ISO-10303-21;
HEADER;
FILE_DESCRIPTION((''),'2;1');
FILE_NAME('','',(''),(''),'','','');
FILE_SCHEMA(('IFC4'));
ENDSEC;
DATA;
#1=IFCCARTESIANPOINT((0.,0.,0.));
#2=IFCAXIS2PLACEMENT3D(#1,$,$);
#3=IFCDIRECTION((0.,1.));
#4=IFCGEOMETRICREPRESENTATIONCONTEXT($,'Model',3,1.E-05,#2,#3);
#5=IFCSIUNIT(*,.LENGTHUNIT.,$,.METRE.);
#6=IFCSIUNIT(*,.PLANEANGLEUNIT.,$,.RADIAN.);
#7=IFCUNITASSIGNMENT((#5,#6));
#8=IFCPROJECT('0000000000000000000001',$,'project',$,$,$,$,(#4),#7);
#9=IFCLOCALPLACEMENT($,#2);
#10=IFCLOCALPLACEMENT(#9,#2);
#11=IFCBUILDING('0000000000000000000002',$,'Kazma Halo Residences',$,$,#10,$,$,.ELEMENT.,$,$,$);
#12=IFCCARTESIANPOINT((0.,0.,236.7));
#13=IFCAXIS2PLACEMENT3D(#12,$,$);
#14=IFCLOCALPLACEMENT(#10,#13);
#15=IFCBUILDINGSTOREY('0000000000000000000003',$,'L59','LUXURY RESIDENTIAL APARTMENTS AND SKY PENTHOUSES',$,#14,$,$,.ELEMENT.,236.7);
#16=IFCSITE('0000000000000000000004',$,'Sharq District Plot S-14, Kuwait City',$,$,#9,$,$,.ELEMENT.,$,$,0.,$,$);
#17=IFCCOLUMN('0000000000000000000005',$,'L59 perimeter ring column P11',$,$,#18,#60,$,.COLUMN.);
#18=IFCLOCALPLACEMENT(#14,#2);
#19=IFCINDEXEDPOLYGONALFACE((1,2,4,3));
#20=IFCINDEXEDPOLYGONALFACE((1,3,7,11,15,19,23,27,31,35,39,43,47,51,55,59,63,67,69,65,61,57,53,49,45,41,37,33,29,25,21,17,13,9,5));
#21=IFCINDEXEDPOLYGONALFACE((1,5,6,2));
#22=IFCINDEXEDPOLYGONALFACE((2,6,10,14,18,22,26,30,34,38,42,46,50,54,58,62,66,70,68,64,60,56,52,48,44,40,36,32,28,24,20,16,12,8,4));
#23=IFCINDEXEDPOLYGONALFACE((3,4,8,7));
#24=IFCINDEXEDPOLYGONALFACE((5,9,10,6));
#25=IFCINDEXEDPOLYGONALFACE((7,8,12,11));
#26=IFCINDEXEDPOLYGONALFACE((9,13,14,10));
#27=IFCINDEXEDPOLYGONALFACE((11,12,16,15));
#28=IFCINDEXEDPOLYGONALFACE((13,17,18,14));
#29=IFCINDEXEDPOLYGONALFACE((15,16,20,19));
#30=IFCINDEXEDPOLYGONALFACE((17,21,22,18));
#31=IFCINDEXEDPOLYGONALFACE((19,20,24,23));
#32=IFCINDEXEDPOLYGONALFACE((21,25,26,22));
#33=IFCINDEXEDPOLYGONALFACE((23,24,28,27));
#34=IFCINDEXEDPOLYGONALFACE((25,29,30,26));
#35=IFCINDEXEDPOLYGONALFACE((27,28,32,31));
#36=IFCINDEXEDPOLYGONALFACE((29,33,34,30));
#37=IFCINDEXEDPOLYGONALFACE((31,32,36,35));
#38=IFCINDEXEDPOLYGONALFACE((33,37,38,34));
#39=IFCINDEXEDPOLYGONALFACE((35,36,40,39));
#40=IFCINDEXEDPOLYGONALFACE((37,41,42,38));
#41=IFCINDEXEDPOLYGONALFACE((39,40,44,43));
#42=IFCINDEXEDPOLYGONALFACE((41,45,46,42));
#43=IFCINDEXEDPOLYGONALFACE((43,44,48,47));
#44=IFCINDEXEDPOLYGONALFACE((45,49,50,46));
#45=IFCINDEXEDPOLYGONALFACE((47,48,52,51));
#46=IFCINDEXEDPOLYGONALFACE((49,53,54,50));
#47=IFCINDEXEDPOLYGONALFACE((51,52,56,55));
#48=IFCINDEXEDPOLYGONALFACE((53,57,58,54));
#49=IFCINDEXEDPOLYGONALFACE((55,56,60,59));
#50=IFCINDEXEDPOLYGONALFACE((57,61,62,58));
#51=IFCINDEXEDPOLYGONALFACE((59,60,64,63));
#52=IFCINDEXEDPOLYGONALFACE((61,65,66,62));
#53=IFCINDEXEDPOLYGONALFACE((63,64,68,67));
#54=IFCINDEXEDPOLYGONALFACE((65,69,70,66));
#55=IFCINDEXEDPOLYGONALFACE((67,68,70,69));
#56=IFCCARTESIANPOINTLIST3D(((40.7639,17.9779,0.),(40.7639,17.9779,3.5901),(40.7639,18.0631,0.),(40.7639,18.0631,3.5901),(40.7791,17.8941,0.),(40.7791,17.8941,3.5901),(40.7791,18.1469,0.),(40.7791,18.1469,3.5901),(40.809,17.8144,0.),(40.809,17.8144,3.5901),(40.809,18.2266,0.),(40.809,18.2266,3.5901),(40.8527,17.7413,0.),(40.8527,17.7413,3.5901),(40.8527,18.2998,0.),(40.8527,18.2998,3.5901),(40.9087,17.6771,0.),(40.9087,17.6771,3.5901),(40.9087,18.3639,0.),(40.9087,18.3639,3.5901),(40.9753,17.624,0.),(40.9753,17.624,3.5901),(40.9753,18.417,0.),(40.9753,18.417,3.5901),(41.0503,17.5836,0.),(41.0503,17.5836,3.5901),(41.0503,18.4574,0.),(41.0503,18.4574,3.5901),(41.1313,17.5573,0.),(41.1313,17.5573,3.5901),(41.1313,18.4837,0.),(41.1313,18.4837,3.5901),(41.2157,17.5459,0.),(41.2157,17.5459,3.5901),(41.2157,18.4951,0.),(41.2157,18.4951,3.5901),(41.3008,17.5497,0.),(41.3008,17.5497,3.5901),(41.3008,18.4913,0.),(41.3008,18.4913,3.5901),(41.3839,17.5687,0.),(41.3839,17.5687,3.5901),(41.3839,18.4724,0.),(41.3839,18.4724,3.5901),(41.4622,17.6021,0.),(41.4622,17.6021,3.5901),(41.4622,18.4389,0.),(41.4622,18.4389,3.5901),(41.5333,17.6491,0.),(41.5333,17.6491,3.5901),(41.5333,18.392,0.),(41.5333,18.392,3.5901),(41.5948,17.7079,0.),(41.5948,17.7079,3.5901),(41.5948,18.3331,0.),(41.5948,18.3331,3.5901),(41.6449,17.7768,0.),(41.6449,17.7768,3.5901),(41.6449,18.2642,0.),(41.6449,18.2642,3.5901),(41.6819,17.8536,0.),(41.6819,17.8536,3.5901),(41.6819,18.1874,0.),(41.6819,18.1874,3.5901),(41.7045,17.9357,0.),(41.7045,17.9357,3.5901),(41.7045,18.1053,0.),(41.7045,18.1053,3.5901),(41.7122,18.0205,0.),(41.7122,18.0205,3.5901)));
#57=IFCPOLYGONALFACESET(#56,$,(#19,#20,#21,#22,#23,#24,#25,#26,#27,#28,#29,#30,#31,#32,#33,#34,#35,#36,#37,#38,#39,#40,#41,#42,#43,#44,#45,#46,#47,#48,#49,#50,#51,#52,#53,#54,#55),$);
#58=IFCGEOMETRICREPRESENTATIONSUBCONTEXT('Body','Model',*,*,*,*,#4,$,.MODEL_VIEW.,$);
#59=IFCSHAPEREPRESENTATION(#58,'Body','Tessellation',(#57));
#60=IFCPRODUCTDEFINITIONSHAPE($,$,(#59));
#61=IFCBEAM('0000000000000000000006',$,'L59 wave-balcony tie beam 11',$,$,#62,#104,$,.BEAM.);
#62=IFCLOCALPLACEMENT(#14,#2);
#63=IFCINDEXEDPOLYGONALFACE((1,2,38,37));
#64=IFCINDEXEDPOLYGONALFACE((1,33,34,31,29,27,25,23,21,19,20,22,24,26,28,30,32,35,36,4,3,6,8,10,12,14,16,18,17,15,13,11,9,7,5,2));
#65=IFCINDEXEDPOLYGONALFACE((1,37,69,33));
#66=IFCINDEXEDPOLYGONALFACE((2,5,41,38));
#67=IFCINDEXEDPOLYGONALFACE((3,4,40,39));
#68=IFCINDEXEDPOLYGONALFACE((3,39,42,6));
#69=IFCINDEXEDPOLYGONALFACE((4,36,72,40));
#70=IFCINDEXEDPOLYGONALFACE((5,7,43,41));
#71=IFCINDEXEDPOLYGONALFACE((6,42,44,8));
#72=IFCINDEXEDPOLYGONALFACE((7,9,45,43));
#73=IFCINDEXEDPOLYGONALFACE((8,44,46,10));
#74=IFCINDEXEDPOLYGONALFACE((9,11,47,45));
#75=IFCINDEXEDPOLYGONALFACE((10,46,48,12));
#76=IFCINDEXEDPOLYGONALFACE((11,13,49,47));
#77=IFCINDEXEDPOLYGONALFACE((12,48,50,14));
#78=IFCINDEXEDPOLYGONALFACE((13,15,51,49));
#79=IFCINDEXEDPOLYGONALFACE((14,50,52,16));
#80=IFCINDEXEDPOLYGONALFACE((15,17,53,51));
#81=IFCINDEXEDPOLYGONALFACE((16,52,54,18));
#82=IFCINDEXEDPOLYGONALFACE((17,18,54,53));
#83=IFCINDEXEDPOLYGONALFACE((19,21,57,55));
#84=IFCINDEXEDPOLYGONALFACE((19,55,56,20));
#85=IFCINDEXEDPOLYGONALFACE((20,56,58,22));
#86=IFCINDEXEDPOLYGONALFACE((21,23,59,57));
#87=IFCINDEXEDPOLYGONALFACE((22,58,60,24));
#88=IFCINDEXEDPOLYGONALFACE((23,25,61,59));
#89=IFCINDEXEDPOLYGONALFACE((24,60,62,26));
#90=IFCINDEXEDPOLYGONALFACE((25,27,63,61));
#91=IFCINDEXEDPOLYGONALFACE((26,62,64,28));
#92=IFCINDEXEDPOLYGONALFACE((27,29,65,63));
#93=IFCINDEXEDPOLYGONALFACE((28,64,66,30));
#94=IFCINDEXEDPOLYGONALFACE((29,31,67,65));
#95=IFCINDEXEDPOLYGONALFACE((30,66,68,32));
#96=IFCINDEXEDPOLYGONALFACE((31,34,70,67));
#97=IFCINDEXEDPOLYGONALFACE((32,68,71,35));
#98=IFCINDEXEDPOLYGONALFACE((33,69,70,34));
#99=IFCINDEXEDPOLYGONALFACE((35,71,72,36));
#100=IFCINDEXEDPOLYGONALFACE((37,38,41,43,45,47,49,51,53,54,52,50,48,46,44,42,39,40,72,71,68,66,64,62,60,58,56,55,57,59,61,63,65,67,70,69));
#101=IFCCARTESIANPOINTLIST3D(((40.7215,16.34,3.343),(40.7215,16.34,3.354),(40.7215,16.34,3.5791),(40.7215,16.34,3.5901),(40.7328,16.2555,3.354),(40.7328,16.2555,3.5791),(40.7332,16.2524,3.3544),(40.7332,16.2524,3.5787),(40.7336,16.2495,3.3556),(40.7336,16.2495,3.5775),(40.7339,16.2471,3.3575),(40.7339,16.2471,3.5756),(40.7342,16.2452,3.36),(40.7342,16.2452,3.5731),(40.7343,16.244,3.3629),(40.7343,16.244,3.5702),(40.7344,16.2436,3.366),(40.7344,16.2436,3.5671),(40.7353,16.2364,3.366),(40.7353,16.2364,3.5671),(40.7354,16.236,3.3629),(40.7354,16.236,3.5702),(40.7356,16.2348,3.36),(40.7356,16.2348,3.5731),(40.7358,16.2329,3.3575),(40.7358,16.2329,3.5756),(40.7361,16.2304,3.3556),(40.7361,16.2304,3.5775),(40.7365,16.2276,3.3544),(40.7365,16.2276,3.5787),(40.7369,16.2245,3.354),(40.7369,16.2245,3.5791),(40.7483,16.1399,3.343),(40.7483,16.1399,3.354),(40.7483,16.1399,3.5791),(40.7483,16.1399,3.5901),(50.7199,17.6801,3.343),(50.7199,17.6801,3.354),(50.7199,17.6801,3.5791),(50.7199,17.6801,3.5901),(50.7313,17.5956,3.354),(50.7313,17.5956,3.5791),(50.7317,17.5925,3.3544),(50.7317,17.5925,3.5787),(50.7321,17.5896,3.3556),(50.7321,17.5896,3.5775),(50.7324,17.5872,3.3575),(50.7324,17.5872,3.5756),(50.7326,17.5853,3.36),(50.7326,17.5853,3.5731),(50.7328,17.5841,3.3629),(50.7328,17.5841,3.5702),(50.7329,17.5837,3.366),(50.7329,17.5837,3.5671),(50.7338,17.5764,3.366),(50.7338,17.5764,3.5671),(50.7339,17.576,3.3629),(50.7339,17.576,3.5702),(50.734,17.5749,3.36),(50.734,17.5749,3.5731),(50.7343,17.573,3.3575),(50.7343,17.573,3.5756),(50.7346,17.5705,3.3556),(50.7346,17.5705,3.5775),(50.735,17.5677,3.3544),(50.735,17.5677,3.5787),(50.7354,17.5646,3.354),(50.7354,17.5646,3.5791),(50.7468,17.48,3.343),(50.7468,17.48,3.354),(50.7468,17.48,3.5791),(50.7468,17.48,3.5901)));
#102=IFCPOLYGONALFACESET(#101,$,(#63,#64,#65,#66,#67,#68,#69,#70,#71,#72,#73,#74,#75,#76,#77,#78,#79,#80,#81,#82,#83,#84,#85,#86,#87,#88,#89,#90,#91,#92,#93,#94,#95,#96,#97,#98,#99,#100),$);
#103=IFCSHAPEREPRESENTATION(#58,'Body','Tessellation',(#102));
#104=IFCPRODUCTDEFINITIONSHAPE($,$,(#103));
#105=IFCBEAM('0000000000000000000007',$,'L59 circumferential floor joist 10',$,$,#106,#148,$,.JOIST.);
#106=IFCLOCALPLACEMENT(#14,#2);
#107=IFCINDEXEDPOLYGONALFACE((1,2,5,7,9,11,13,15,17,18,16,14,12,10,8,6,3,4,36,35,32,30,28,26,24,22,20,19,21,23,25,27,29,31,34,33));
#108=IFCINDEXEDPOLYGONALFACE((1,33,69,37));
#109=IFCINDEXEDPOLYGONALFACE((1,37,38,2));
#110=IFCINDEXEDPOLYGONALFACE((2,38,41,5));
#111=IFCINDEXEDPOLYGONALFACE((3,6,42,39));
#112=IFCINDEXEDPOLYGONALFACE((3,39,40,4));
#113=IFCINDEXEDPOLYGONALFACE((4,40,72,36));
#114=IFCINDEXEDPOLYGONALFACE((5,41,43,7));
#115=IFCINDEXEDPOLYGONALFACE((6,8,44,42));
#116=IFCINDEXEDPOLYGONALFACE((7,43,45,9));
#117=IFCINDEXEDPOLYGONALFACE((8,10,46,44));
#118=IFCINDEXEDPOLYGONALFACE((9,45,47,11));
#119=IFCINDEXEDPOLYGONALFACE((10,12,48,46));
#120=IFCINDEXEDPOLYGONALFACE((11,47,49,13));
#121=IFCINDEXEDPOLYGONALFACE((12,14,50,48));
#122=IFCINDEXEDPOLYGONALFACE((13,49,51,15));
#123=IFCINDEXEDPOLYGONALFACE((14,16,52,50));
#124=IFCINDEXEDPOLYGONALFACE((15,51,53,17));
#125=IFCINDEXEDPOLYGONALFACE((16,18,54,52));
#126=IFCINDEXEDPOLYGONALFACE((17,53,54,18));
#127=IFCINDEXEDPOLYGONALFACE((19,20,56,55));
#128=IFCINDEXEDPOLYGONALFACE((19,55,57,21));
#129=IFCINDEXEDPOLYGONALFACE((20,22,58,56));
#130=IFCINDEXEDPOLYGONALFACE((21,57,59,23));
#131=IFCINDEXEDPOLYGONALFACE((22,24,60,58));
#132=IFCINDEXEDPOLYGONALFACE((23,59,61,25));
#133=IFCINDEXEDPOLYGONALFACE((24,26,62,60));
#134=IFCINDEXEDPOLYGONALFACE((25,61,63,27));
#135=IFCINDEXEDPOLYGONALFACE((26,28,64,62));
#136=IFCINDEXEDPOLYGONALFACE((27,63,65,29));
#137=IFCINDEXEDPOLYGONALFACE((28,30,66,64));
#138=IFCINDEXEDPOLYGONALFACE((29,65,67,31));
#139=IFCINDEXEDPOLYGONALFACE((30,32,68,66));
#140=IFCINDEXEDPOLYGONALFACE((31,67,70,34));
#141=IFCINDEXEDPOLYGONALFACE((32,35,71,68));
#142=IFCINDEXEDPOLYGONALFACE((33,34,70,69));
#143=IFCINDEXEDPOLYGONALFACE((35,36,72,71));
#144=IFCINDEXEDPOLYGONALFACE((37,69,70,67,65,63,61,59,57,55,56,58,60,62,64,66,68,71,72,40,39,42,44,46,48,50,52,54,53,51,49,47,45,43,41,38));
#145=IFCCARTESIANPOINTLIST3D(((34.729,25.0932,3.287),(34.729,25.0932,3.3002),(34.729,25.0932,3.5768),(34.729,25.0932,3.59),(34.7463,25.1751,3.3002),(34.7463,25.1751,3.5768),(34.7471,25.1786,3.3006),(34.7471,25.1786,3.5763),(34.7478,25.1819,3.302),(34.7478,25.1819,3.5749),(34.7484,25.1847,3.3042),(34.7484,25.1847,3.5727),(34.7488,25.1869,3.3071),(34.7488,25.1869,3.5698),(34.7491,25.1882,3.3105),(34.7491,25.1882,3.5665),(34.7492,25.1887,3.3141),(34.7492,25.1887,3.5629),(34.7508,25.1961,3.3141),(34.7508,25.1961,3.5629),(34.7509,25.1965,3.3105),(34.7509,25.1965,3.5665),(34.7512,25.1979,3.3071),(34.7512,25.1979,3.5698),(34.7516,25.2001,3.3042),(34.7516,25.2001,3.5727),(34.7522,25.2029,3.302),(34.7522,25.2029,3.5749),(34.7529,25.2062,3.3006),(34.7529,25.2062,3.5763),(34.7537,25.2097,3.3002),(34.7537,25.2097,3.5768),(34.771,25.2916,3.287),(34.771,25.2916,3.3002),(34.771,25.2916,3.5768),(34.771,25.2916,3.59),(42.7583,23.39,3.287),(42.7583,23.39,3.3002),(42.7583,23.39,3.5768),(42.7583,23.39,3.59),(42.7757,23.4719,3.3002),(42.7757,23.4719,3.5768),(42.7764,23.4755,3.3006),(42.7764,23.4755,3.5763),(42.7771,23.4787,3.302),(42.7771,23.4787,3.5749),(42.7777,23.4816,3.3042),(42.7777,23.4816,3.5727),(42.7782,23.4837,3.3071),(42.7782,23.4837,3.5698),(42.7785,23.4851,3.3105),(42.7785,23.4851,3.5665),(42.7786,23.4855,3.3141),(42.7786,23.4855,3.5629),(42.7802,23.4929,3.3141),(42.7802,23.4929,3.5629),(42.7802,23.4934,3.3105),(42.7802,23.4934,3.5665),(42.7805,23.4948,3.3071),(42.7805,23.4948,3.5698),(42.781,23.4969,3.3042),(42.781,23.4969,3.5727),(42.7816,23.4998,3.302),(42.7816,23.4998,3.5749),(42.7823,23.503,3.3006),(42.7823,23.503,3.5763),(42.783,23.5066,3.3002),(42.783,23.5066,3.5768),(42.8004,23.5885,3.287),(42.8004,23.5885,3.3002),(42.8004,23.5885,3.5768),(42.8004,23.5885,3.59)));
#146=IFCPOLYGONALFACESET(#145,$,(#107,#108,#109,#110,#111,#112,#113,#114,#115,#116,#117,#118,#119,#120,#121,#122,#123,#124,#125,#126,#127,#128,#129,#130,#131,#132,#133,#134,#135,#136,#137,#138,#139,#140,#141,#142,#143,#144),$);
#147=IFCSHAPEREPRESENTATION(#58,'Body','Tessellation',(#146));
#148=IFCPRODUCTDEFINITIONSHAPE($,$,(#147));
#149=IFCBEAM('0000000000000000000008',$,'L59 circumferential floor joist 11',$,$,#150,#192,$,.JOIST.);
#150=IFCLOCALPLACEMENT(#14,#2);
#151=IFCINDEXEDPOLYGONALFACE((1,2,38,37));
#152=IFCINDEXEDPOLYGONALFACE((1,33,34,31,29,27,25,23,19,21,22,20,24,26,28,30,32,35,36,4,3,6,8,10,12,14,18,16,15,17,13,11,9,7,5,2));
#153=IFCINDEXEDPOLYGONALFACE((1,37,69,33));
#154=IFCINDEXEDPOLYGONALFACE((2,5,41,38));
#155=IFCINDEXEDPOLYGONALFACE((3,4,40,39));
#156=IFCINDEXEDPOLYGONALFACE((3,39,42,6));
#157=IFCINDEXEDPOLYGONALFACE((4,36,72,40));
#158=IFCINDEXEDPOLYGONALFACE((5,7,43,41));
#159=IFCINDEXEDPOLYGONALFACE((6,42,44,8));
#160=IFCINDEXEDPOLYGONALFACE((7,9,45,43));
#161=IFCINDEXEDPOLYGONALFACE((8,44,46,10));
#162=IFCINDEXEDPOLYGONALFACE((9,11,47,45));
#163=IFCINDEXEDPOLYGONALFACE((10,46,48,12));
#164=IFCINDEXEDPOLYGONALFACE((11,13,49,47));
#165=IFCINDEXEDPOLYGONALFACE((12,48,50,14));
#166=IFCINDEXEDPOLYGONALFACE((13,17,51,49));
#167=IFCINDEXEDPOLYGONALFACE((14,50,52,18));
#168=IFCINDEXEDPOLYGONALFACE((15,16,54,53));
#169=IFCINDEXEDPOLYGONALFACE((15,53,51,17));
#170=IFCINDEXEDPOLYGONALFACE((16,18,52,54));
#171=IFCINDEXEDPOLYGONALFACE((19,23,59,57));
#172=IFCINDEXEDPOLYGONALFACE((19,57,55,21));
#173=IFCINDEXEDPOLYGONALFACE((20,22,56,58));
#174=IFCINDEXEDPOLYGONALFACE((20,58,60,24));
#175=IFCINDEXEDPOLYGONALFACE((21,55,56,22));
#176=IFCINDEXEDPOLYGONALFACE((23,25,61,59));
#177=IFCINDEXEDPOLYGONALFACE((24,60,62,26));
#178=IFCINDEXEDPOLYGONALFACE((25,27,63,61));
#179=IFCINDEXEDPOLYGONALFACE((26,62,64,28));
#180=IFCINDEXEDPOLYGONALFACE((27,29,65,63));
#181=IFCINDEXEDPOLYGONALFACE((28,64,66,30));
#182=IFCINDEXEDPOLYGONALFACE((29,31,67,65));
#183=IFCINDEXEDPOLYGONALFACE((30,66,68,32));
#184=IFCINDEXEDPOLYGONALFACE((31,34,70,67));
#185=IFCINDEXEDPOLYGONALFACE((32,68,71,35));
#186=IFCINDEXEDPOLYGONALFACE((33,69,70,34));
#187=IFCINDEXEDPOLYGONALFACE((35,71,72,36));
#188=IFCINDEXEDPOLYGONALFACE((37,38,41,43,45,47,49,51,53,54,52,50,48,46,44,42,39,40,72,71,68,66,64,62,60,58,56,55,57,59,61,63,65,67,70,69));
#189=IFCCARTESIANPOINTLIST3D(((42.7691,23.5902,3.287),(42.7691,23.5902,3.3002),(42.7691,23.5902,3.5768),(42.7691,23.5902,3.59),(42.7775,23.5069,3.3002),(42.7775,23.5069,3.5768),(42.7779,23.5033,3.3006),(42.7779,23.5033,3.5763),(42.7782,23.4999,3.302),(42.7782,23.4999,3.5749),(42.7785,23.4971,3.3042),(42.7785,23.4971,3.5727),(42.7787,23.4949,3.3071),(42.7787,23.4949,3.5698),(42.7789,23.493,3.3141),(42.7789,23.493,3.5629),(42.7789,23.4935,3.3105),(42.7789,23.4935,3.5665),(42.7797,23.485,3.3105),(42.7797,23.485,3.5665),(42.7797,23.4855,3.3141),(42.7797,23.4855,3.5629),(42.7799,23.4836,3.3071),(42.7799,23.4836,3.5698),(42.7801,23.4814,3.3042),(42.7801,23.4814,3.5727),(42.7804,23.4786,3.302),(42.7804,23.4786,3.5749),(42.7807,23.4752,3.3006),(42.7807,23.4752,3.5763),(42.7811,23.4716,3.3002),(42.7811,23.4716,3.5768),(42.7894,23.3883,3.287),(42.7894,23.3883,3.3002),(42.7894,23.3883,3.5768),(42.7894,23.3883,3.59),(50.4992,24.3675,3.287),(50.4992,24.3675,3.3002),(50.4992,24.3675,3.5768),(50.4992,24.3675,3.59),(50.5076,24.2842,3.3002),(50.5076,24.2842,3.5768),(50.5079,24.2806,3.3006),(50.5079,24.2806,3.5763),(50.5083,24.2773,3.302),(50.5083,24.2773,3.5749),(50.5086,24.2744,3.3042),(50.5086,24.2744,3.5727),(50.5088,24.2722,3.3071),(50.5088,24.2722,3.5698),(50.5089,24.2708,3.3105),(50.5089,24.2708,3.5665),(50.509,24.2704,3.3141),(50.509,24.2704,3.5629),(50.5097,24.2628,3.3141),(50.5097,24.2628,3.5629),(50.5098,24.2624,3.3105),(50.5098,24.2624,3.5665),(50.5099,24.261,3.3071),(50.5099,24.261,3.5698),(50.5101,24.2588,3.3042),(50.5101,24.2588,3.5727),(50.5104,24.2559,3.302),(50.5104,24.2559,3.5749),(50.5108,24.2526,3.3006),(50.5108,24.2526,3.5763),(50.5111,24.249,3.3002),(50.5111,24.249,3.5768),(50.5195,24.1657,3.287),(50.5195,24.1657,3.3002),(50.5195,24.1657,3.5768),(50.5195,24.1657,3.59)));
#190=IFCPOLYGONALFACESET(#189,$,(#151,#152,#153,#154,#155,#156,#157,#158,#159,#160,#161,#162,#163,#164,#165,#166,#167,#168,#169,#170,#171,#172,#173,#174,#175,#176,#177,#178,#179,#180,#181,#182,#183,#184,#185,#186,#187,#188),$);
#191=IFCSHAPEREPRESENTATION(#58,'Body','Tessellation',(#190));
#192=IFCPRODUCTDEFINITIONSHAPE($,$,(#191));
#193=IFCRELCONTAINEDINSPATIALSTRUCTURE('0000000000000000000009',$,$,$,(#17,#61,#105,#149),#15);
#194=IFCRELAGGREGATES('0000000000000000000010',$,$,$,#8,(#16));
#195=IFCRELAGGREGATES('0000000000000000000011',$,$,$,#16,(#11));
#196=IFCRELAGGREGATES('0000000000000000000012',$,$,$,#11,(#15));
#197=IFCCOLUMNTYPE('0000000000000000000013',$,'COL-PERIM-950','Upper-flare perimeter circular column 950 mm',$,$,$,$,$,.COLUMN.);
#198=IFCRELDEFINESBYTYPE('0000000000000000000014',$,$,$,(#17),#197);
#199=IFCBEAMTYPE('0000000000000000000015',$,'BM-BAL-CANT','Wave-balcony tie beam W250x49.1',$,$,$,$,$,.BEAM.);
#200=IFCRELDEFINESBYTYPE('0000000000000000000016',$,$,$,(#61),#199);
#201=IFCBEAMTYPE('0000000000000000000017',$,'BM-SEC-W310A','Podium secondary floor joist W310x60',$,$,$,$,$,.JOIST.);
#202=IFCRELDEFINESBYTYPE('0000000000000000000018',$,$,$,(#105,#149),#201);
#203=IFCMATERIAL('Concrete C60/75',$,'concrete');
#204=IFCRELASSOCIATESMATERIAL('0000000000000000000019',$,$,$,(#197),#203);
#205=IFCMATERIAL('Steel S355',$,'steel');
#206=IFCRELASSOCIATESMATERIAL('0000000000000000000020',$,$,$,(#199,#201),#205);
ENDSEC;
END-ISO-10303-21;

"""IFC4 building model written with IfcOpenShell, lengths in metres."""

from ifc_helpers import new_model, si_unit, direction, frame, origin, origin_2d, place, context, subcontext, project, spatial, circle, i_section, extrude, material, material_profile, profile_set, type_object, element, save


model = new_model("IFC4")

# Units and contexts
model_context = context("Model", 3, precision=1e-05, world=origin(), true_north=direction((0.0, 1.0)))
body_context = subcontext(model_context, "Body", "Model", "MODEL_VIEW")
ifc_project = project(units=[si_unit("LENGTHUNIT", "METRE"), si_unit("PLANEANGLEUNIT", "RADIAN")], contexts=[model_context])

# Site, building, storey
site_placement = place(None, origin())
site = spatial("IfcSite", under=ifc_project, at=site_placement, Name="Sharq District Plot S-14, Kuwait City", CompositionType="ELEMENT", RefElevation=0.0)
building_placement = place(site_placement, origin())
building = spatial("IfcBuilding", under=site, at=building_placement, Name="Kazma Halo Residences", CompositionType="ELEMENT")
storey_placement = place(building_placement, frame((0.0, 0.0, 236.7)))
storey = spatial("IfcBuildingStorey", under=building, at=storey_placement, Name="L59", Description="LUXURY RESIDENTIAL APARTMENTS AND SKY PENTHOUSES", CompositionType="ELEMENT", Elevation=236.7)

# Column
ifc_material_1 = material(Name="Concrete C60/75", Category="concrete")
ifc_material_profile_1 = material_profile(ifc_material_1, circle(Radius=0.4751, at=origin_2d()), Name="CIRC950")
ifc_profile_set_1 = profile_set([ifc_material_profile_1], Name="Concrete C60/75")
column_type = type_object("IfcColumnType", Name="COL-PERIM-950", Description="Upper-flare perimeter circular column 950 mm", PredefinedType="COLUMN", material=ifc_profile_set_1)
column_placement = place(storey_placement, frame((41.2371, 18.0205, 0.0), z_axis=(0.0, 0.0, 1.0), x_axis=(1.0, 0.0, 0.0)))
element("IfcColumn", 1, at=column_placement, inside=storey, type_object=column_type, Name="L59 perimeter ring column P11", PredefinedType="COLUMN", context=body_context, shape_type="SweptSolid", body=[
    extrude(circle(Radius=0.4751, at=origin_2d()), origin(), (0.0, 0.0, 1.0), 3.5901),
])

# Beams
ifc_material_2 = material(Name="Steel S355", Category="steel")
ifc_material_profile_2 = material_profile(ifc_material_2, i_section(OverallWidth=0.2019, OverallDepth=0.2471, WebThickness=0.0073, FlangeThickness=0.011, FilletRadius=0.012, at=origin_2d()), Name="W250x49.1")
ifc_profile_set_2 = profile_set([ifc_material_profile_2], Name="Steel S355")
beam_type_1 = type_object("IfcBeamType", Name="BM-BAL-CANT", Description="Wave-balcony tie beam W250x49.1", PredefinedType="BEAM", material=ifc_profile_set_2)
beam_1_placement = place(storey_placement, frame((40.7349, 16.24, 3.4666), z_axis=(0.991137, 0.132841, 0.0), x_axis=(-0.132841, 0.991137, 0.0)))
element("IfcBeam", 2, at=beam_1_placement, inside=storey, type_object=beam_type_1, Name="L59 wave-balcony tie beam 11", PredefinedType="BEAM", context=body_context, shape_type="SweptSolid", body=[
    extrude(i_section(OverallWidth=0.2019, OverallDepth=0.2471, WebThickness=0.0073, FlangeThickness=0.011, FilletRadius=0.012, at=origin_2d()), origin(), (0.0, 0.0, 1.0), 10.0879),
])
ifc_material_profile_3 = material_profile(ifc_material_2, i_section(OverallWidth=0.2029, OverallDepth=0.303, WebThickness=0.0076, FlangeThickness=0.0132, FilletRadius=0.0139, at=origin_2d()), Name="W310x60")
ifc_profile_set_3 = profile_set([ifc_material_profile_3], Name="Steel S355")
beam_type_2 = type_object("IfcBeamType", Name="BM-SEC-W310A", Description="Podium secondary floor joist W310x60", PredefinedType="JOIST", material=ifc_profile_set_3)
beam_2_placement = place(storey_placement, frame((34.75, 25.1924, 3.4385), z_axis=(0.978236, -0.207497, 0.0), x_axis=(0.207497, 0.978236, 0.0)))
element("IfcBeam", 3, at=beam_2_placement, inside=storey, type_object=beam_type_2, Name="L59 circumferential floor joist 10", PredefinedType="JOIST", context=body_context, shape_type="SweptSolid", body=[
    extrude(i_section(OverallWidth=0.2029, OverallDepth=0.303, WebThickness=0.0076, FlangeThickness=0.0132, FilletRadius=0.0139, at=origin_2d()), origin(), (0.0, 0.0, 1.0), 8.208),
])
beam_3_placement = place(storey_placement, frame((42.7793, 23.4893, 3.4385), z_axis=(0.994982, 0.100058, 0.0), x_axis=(-0.100058, 0.994982, 0.0)))
element("IfcBeam", 4, at=beam_3_placement, inside=storey, type_object=beam_type_2, Name="L59 circumferential floor joist 11", PredefinedType="JOIST", context=body_context, shape_type="SweptSolid", body=[
    extrude(i_section(OverallWidth=0.2029, OverallDepth=0.303, WebThickness=0.0076, FlangeThickness=0.0132, FilletRadius=0.0139, at=origin_2d()), origin(), (0.0, 0.0, 1.0), 7.769),
])

save(model, "model.ifc")
